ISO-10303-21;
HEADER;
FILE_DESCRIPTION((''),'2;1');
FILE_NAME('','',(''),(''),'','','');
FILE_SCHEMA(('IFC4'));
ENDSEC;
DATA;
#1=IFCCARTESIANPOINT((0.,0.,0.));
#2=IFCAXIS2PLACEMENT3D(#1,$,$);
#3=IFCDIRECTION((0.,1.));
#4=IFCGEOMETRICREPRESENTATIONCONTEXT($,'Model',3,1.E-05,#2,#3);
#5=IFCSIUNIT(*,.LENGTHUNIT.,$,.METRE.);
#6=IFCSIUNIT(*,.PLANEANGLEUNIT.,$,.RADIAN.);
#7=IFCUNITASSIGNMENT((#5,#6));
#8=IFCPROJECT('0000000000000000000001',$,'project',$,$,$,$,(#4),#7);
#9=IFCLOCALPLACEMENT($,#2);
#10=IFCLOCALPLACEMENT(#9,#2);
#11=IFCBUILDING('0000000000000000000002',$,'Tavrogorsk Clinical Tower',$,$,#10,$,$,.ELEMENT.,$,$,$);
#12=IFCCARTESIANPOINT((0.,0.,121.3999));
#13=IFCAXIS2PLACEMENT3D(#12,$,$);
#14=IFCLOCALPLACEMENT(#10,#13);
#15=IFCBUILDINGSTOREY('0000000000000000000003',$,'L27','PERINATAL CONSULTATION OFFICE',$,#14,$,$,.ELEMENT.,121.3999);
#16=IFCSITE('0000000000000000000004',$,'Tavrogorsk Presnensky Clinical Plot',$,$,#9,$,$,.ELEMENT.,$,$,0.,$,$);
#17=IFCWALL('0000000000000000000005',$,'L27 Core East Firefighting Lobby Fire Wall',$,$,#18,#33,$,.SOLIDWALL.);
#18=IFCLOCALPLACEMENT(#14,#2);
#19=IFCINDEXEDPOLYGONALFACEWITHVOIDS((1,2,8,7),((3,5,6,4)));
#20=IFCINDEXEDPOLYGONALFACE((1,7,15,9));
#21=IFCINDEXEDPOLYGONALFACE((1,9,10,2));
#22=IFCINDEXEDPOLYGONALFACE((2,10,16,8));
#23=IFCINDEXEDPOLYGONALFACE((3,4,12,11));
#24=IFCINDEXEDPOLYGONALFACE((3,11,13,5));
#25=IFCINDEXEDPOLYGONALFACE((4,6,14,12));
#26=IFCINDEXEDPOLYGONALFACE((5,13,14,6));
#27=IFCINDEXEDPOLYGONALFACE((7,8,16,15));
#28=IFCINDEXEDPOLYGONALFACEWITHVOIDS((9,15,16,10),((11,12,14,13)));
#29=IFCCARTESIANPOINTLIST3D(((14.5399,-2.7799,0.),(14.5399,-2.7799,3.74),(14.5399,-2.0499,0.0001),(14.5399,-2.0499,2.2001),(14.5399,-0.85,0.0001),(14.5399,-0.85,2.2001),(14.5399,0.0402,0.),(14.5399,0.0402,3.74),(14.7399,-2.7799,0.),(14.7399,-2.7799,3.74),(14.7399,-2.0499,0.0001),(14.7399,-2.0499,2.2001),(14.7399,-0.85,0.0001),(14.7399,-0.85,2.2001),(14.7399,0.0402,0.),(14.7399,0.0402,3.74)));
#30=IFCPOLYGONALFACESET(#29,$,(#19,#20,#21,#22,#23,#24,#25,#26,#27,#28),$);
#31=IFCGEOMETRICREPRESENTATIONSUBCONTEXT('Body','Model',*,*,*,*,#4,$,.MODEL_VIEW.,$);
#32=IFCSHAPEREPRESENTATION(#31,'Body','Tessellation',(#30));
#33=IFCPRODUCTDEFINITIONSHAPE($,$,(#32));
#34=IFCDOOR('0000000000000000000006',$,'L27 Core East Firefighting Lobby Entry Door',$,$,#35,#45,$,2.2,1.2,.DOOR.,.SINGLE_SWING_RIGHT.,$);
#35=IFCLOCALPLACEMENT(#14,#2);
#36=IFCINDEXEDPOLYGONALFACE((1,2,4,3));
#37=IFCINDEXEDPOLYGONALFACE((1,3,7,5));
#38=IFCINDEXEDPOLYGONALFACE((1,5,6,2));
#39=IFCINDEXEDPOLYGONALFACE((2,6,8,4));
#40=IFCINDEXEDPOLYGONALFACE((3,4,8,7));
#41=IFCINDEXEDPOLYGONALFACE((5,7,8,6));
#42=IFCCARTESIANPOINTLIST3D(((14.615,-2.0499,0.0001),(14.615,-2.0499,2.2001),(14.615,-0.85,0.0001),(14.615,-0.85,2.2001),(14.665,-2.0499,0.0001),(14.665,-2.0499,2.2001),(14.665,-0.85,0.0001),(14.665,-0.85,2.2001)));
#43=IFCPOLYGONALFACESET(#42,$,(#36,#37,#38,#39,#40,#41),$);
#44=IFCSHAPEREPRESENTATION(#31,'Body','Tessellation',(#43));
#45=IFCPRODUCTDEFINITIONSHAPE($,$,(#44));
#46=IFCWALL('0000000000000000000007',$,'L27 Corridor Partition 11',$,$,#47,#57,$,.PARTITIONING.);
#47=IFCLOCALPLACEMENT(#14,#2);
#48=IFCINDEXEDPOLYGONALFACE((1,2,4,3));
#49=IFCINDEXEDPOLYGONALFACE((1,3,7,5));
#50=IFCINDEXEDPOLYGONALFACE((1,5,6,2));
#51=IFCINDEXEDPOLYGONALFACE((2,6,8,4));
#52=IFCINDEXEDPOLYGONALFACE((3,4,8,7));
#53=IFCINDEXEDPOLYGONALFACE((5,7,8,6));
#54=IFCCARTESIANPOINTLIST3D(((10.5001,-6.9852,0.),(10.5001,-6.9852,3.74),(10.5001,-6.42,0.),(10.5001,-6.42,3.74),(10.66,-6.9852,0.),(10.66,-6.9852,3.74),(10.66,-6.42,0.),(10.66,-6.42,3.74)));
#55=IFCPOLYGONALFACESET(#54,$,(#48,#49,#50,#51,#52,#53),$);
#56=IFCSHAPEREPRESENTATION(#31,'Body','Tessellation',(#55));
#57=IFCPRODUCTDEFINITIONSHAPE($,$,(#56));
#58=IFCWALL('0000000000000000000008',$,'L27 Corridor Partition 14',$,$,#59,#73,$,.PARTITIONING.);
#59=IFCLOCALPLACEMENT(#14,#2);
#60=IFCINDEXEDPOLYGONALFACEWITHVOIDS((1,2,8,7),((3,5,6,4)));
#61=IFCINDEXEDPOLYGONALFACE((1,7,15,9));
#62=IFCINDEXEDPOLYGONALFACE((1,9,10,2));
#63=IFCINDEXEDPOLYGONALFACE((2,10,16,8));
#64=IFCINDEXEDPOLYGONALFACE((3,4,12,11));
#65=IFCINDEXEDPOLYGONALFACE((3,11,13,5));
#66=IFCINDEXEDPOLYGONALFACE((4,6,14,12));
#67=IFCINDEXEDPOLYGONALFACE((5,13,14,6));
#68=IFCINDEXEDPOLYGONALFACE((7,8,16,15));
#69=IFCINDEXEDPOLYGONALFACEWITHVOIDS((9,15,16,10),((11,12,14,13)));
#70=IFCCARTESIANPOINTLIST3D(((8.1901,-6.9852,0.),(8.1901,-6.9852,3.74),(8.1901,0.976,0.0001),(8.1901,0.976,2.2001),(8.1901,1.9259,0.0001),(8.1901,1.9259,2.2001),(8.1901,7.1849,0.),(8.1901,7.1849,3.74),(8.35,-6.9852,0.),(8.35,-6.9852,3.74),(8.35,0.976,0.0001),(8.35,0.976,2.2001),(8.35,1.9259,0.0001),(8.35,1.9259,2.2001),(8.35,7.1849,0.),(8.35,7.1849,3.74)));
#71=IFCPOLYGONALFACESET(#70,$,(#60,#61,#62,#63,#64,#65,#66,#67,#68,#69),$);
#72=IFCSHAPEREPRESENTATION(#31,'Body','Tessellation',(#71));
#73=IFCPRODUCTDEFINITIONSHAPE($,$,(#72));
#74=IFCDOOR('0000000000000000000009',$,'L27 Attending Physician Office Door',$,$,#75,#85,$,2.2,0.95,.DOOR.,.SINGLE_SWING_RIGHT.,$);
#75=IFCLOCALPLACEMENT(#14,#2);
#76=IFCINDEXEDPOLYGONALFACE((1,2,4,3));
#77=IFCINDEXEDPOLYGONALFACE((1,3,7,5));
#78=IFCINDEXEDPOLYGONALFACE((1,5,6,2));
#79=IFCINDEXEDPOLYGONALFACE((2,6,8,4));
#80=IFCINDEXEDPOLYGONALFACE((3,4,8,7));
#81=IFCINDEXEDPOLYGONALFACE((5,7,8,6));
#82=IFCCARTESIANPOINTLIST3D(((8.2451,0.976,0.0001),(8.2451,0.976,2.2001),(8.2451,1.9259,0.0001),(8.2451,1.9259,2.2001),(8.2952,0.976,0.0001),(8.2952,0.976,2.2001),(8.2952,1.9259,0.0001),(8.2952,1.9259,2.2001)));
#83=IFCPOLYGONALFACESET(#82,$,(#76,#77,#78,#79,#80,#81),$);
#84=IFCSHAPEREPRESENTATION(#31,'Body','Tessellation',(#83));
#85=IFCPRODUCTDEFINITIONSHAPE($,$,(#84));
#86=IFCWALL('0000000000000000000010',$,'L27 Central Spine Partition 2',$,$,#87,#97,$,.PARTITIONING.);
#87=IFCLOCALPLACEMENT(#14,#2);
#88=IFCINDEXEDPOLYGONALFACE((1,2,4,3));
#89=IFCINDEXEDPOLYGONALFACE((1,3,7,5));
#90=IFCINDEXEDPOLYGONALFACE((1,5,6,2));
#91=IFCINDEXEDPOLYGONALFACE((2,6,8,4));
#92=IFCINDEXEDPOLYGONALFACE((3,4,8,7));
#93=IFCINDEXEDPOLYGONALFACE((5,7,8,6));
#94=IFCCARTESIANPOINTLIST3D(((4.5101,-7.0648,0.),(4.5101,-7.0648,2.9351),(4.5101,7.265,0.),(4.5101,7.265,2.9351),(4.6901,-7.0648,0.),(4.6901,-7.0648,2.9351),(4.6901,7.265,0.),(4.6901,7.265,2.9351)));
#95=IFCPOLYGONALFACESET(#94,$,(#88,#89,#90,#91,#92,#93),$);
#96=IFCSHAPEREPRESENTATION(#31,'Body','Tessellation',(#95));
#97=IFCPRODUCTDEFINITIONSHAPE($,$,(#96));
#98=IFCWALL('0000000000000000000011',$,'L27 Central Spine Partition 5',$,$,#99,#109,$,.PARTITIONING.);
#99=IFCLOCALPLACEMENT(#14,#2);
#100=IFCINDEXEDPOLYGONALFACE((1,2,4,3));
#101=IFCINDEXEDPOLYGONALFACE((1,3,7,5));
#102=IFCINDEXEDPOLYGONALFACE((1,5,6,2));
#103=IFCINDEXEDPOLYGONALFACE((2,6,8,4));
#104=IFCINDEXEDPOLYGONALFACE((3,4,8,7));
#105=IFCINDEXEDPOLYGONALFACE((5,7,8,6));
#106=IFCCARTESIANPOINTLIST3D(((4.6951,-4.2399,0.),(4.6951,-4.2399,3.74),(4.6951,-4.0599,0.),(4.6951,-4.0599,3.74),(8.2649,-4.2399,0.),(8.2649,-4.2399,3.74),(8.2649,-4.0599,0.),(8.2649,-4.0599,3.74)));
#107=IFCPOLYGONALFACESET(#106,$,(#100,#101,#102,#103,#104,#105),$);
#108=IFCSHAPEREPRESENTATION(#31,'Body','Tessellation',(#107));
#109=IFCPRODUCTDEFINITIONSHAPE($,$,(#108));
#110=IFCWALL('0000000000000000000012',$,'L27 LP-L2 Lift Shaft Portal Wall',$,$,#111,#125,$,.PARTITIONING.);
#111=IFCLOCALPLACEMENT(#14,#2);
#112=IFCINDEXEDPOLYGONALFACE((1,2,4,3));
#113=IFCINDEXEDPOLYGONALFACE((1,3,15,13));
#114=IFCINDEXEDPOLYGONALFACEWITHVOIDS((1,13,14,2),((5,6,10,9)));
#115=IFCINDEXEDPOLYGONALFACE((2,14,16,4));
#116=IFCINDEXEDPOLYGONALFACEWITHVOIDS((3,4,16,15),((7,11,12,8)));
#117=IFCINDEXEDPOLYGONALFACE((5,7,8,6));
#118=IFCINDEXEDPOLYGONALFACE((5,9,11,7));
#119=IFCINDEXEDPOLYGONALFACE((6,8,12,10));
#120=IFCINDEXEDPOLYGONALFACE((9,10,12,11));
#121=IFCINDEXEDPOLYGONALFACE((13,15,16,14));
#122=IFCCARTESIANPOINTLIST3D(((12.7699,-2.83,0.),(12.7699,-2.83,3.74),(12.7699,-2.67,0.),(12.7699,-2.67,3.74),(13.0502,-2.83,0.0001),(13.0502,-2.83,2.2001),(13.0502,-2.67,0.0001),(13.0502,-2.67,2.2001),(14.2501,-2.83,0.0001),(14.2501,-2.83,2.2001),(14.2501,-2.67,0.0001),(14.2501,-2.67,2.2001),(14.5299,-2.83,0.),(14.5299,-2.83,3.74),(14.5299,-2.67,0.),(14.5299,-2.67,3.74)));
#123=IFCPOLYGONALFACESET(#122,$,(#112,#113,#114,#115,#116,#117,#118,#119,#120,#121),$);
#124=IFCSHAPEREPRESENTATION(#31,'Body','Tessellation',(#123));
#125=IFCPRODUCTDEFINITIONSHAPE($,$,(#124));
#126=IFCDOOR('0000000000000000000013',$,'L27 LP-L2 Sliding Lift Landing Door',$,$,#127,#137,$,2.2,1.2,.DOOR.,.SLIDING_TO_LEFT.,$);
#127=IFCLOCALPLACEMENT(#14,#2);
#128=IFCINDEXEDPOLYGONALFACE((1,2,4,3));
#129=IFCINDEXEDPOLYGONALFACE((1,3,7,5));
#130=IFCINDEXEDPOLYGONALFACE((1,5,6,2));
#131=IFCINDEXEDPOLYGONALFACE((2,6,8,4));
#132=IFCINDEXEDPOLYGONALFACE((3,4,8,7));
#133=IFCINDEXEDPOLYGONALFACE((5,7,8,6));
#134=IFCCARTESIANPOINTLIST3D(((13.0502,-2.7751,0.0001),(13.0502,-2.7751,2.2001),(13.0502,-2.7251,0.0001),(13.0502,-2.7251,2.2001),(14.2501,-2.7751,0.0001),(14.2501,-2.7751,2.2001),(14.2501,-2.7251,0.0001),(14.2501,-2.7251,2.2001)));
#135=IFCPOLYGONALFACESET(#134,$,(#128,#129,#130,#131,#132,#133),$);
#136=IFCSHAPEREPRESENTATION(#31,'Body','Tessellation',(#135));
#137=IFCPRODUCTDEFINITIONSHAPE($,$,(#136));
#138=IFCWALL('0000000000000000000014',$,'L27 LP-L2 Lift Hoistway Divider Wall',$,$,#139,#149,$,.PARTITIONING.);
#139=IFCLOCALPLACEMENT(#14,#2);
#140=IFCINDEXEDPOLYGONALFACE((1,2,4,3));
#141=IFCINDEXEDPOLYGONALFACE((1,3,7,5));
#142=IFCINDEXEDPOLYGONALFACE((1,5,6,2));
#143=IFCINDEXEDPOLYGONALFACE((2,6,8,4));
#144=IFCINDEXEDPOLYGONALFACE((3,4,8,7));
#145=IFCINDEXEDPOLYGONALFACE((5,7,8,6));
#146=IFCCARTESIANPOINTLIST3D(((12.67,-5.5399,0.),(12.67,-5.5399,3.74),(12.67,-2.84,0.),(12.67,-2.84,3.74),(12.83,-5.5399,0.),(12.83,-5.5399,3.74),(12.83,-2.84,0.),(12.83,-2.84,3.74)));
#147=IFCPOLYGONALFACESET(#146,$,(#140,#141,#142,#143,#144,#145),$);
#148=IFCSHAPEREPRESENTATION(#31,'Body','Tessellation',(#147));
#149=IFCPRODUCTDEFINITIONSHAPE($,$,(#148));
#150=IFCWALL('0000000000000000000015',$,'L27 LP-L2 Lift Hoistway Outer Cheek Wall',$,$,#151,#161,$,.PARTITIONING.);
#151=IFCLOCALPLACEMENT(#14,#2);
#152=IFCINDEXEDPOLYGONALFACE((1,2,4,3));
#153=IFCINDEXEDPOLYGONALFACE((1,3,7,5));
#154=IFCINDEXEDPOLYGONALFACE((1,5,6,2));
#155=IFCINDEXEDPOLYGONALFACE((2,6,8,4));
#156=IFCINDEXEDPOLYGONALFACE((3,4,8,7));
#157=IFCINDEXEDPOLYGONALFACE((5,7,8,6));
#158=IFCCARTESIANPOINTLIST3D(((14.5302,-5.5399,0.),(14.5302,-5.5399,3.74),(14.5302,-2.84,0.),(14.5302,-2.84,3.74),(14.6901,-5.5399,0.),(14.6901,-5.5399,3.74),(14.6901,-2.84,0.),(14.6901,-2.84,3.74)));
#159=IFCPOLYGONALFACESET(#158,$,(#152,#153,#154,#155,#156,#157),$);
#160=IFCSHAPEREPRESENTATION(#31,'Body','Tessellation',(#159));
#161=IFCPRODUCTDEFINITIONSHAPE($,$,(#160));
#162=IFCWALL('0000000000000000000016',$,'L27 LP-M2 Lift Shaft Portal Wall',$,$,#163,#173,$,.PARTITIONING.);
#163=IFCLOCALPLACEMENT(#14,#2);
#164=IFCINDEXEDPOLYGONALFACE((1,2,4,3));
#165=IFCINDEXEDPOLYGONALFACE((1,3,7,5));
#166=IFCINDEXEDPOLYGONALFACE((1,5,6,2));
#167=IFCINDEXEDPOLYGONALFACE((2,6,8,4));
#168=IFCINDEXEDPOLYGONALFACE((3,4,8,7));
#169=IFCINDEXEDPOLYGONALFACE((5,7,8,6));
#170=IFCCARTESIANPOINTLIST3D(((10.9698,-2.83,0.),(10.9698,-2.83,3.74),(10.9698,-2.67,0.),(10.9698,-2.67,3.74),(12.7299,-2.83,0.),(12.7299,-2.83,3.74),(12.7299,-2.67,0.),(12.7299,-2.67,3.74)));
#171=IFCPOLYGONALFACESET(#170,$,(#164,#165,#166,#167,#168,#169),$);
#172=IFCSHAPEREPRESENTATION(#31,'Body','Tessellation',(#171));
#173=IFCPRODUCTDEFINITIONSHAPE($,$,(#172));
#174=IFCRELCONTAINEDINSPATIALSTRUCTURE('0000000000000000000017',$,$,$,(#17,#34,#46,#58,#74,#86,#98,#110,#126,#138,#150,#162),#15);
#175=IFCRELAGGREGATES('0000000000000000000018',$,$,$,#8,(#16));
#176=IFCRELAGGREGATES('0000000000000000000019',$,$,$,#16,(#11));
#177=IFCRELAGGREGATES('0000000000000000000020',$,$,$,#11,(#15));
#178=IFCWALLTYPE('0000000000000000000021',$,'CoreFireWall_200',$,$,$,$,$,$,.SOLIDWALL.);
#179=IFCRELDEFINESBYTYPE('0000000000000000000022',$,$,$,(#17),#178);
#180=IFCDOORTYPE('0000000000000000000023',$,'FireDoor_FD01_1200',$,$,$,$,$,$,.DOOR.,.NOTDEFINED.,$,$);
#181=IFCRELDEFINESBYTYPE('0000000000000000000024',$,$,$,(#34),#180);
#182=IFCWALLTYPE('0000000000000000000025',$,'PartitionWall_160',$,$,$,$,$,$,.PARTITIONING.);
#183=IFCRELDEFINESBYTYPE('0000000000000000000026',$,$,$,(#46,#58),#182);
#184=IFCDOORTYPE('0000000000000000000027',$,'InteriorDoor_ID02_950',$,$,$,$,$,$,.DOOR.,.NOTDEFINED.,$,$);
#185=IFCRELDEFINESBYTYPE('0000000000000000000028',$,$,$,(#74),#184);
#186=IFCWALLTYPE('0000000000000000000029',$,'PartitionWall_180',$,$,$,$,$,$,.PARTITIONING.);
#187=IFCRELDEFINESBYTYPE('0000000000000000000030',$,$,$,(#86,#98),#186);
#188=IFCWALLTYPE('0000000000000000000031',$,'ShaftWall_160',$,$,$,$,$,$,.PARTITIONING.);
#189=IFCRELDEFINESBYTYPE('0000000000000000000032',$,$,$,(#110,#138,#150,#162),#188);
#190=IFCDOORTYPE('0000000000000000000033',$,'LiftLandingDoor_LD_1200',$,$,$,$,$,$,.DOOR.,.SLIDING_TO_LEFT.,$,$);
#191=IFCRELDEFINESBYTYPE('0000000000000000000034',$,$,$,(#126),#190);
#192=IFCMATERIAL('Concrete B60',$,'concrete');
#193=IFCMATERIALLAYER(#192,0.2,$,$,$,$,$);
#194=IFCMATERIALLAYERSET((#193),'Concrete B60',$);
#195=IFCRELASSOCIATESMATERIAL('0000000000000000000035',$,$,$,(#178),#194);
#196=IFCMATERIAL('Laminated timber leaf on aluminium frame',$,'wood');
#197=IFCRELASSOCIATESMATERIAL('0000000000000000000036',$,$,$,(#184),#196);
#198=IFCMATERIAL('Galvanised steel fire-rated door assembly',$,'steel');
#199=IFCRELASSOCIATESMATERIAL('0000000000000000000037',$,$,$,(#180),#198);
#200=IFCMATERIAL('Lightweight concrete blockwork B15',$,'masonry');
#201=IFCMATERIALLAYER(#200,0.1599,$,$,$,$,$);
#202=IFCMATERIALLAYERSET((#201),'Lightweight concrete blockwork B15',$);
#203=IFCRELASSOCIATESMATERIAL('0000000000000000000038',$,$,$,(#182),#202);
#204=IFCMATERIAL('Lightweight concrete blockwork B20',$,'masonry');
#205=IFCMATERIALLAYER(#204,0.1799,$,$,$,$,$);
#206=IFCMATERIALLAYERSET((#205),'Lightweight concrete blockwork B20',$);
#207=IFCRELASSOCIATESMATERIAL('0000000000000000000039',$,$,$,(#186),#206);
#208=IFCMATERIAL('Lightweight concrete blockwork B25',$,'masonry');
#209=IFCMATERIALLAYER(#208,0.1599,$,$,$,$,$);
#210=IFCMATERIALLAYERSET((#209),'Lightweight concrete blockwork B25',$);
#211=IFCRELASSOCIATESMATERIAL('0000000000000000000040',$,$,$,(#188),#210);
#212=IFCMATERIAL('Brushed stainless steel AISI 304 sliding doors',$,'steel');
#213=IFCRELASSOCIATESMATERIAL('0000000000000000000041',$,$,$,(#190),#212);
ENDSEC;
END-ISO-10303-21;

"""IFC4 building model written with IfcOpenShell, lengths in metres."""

from ifc_helpers import new_model, si_unit, direction, frame, frame_2d, origin, place, context, subcontext, project, spatial, rectangle, extrude, material, layer, layer_set, type_object, element, fill, save


model = new_model("IFC4")

# Units and contexts
model_context = context("Model", 3, precision=1e-05, world=origin(), true_north=direction((0.0, 1.0)))
body_context = subcontext(model_context, "Body", "Model", "MODEL_VIEW")
ifc_project = project(units=[si_unit("LENGTHUNIT", "METRE"), si_unit("PLANEANGLEUNIT", "RADIAN")], contexts=[model_context])

# Site, building, storey
site_placement = place(None, origin())
site = spatial("IfcSite", under=ifc_project, at=site_placement, Name="Tavrogorsk Presnensky Clinical Plot", CompositionType="ELEMENT", RefElevation=0.0)
building_placement = place(site_placement, origin())
building = spatial("IfcBuilding", under=site, at=building_placement, Name="Tavrogorsk Clinical Tower", CompositionType="ELEMENT")
storey_placement = place(building_placement, frame((0.0, 0.0, 121.3999)))
storey = spatial("IfcBuildingStorey", under=building, at=storey_placement, Name="L27", Description="PERINATAL CONSULTATION OFFICE", CompositionType="ELEMENT", Elevation=121.3999)

# Wall, opening, door
ifc_material_1 = material(Name="Concrete B60", Category="concrete")
ifc_layer_1 = layer(ifc_material_1, 0.2)
ifc_layer_set_1 = layer_set([ifc_layer_1], Name="Concrete B60")
wall_type_1 = type_object("IfcWallType", Name="CoreFireWall_200", PredefinedType="SOLIDWALL", material=ifc_layer_set_1)
ifc_material_2 = material(Name="Laminated timber leaf on aluminium frame", Category="wood")
door_type_1 = type_object("IfcDoorType", Name="InteriorDoor_ID02_950", OperationType="NOTDEFINED", PredefinedType="DOOR", material=ifc_material_2)
wall_1_placement = place(storey_placement, frame((14.6399, -2.78, 0.0), z_axis=(0.0, 0.0, 1.0), x_axis=(0.0, 1.0, 0.0)))
wall_1 = element("IfcWall", 1, at=wall_1_placement, inside=storey, type_object=wall_type_1, Name="L27 Core East Firefighting Lobby Fire Wall", PredefinedType="SOLIDWALL", context=body_context, shape_type="SweptSolid", body=[
    extrude(rectangle(XDim=2.8201, YDim=0.2, at=frame_2d((1.4102, 0.0))), origin(), (0.0, 0.0, 1.0), 3.74),
])
opening_1_placement = place(wall_1_placement, frame((0.73, 0.0, 0.0)))
opening_1 = element("IfcOpeningElement", 2, at=opening_1_placement, cuts=wall_1, PredefinedType="OPENING", context=body_context, shape_type="SweptSolid", body=[
    extrude(rectangle(XDim=1.2, YDim=2.2, at=frame_2d((0.6001, 1.1001))), frame((0.0, 0.1099, 0.0), z_axis=(0.0, -1.0, 0.0), x_axis=(1.0, 0.0, 0.0)), (0.0, 0.0, 1.0), 0.22),
])
ifc_material_3 = material(Name="Galvanised steel fire-rated door assembly", Category="steel")
door_type_2 = type_object("IfcDoorType", Name="FireDoor_FD01_1200", OperationType="NOTDEFINED", PredefinedType="DOOR", material=ifc_material_3)
door_1_placement = place(opening_1_placement, origin())
door_1 = element("IfcDoor", 3, at=door_1_placement, inside=storey, type_object=door_type_2, Name="L27 Core East Firefighting Lobby Entry Door", OperationType="SINGLE_SWING_RIGHT", OverallHeight=2.2, OverallWidth=1.2, PredefinedType="DOOR", context=body_context, shape_type="SweptSolid", body=[
    extrude(rectangle(XDim=1.2, YDim=2.2, at=frame_2d((0.6001, 1.1001))), frame((0.0, 0.0249, 0.0), z_axis=(0.0, -1.0, 0.0), x_axis=(1.0, 0.0, 0.0)), (0.0, 0.0, 1.0), 0.05),
])
fill(opening_1, door_1)

# Wall
ifc_material_4 = material(Name="Lightweight concrete blockwork B15", Category="masonry")
ifc_layer_2 = layer(ifc_material_4, 0.1599)
ifc_layer_set_2 = layer_set([ifc_layer_2], Name="Lightweight concrete blockwork B15")
wall_type_2 = type_object("IfcWallType", Name="PartitionWall_160", PredefinedType="PARTITIONING", material=ifc_layer_set_2)
wall_2_placement = place(storey_placement, frame((10.5801, -6.4199, 0.0), z_axis=(0.0, 0.0, 1.0), x_axis=(0.0, -1.0, 0.0)))
element("IfcWall", 4, at=wall_2_placement, inside=storey, type_object=wall_type_2, Name="L27 Corridor Partition 11", PredefinedType="PARTITIONING", context=body_context, shape_type="SweptSolid", body=[
    extrude(rectangle(XDim=0.5652, YDim=0.1599, at=frame_2d((0.2827, 0.0))), origin(), (0.0, 0.0, 1.0), 3.74),
])

# Wall, opening, door
wall_3_placement = place(storey_placement, frame((8.27, -6.9851, 0.0), z_axis=(0.0, 0.0, 1.0), x_axis=(0.0, 1.0, 0.0)))
wall_3 = element("IfcWall", 5, at=wall_3_placement, inside=storey, type_object=wall_type_2, Name="L27 Corridor Partition 14", PredefinedType="PARTITIONING", context=body_context, shape_type="SweptSolid", body=[
    extrude(rectangle(XDim=14.1702, YDim=0.1599, at=frame_2d((7.085, 0.0))), origin(), (0.0, 0.0, 1.0), 3.74),
])
opening_2_placement = place(wall_3_placement, frame((7.9609, 0.0, 0.0)))
opening_2 = element("IfcOpeningElement", 6, at=opening_2_placement, cuts=wall_3, PredefinedType="OPENING", context=body_context, shape_type="SweptSolid", body=[
    extrude(rectangle(XDim=0.95, YDim=2.2, at=frame_2d((0.4751, 1.1001))), frame((0.0, 0.0898, 0.0), z_axis=(0.0, -1.0, 0.0), x_axis=(1.0, 0.0, 0.0)), (0.0, 0.0, 1.0), 0.1799),
])
door_2_placement = place(opening_2_placement, origin())
door_2 = element("IfcDoor", 7, at=door_2_placement, inside=storey, type_object=door_type_1, Name="L27 Attending Physician Office Door", OperationType="SINGLE_SWING_RIGHT", OverallHeight=2.2, OverallWidth=0.95, PredefinedType="DOOR", context=body_context, shape_type="SweptSolid", body=[
    extrude(rectangle(XDim=0.95, YDim=2.2, at=frame_2d((0.4751, 1.1001))), frame((0.0, 0.0249, 0.0), z_axis=(0.0, -1.0, 0.0), x_axis=(1.0, 0.0, 0.0)), (0.0, 0.0, 1.0), 0.05),
])
fill(opening_2, door_2)

# Walls
ifc_material_5 = material(Name="Lightweight concrete blockwork B20", Category="masonry")
ifc_layer_3 = layer(ifc_material_5, 0.1799)
ifc_layer_set_3 = layer_set([ifc_layer_3], Name="Lightweight concrete blockwork B20")
wall_type_3 = type_object("IfcWallType", Name="PartitionWall_180", PredefinedType="PARTITIONING", material=ifc_layer_set_3)
wall_4_placement = place(storey_placement, frame((4.6001, -7.0649, 0.0), z_axis=(0.0, 0.0, 1.0), x_axis=(0.0, 1.0, 0.0)))
element("IfcWall", 8, at=wall_4_placement, inside=storey, type_object=wall_type_3, Name="L27 Central Spine Partition 2", PredefinedType="PARTITIONING", context=body_context, shape_type="SweptSolid", body=[
    extrude(rectangle(XDim=14.3298, YDim=0.1799, at=frame_2d((7.165, 0.0))), origin(), (0.0, 0.0, 1.0), 2.9351),
])
wall_5_placement = place(storey_placement, frame((4.6951, -4.1499, 0.0), z_axis=(0.0, 0.0, 1.0), x_axis=(1.0, 0.0, 0.0)))
element("IfcWall", 9, at=wall_5_placement, inside=storey, type_object=wall_type_3, Name="L27 Central Spine Partition 5", PredefinedType="PARTITIONING", context=body_context, shape_type="SweptSolid", body=[
    extrude(rectangle(XDim=3.5698, YDim=0.1799, at=frame_2d((1.7849, 0.0))), origin(), (0.0, 0.0, 1.0), 3.74),
])

# Wall, opening, door
ifc_material_6 = material(Name="Lightweight concrete blockwork B25", Category="masonry")
ifc_layer_4 = layer(ifc_material_6, 0.1599)
ifc_layer_set_4 = layer_set([ifc_layer_4], Name="Lightweight concrete blockwork B25")
wall_type_4 = type_object("IfcWallType", Name="ShaftWall_160", PredefinedType="PARTITIONING", material=ifc_layer_set_4)
wall_6_placement = place(storey_placement, frame((12.77, -2.75, 0.0), z_axis=(0.0, 0.0, 1.0), x_axis=(1.0, 0.0, 0.0)))
wall_6 = element("IfcWall", 10, at=wall_6_placement, inside=storey, type_object=wall_type_4, Name="L27 LP-L2 Lift Shaft Portal Wall", PredefinedType="PARTITIONING", context=body_context, shape_type="SweptSolid", body=[
    extrude(rectangle(XDim=1.76, YDim=0.1599, at=frame_2d((0.8799, 0.0))), origin(), (0.0, 0.0, 1.0), 3.74),
])
opening_3_placement = place(wall_6_placement, frame((0.28, 0.0, 0.0)))
opening_3 = element("IfcOpeningElement", 11, at=opening_3_placement, cuts=wall_6, PredefinedType="OPENING", context=body_context, shape_type="SweptSolid", body=[
    extrude(rectangle(XDim=1.2, YDim=2.2, at=frame_2d((0.6001, 1.1001))), frame((0.0, 0.0898, 0.0), z_axis=(0.0, -1.0, 0.0), x_axis=(1.0, 0.0, 0.0)), (0.0, 0.0, 1.0), 0.1799),
])
ifc_material_7 = material(Name="Brushed stainless steel AISI 304 sliding doors", Category="steel")
door_type_3 = type_object("IfcDoorType", Name="LiftLandingDoor_LD_1200", OperationType="SLIDING_TO_LEFT", PredefinedType="DOOR", material=ifc_material_7)
door_3_placement = place(opening_3_placement, origin())
door_3 = element("IfcDoor", 12, at=door_3_placement, inside=storey, type_object=door_type_3, Name="L27 LP-L2 Sliding Lift Landing Door", OperationType="SLIDING_TO_LEFT", OverallHeight=2.2, OverallWidth=1.2, PredefinedType="DOOR", context=body_context, shape_type="SweptSolid", body=[
    extrude(rectangle(XDim=1.2, YDim=2.2, at=frame_2d((0.6001, 1.1001))), frame((0.0, 0.0249, 0.0), z_axis=(0.0, -1.0, 0.0), x_axis=(1.0, 0.0, 0.0)), (0.0, 0.0, 1.0), 0.05),
])
fill(opening_3, door_3)

# Walls
for number, where, z_axis, x_axis, name in (
    (13, (12.75, -5.54, 0.0), (0.0, 0.0, 1.0), (0.0, 1.0, 0.0), "L27 LP-L2 Lift Hoistway Divider Wall"),
    (14, (14.6101, -5.54, 0.0), (0.0, 0.0, 1.0), (0.0, 1.0, 0.0), "L27 LP-L2 Lift Hoistway Outer Cheek Wall"),
):
    element("IfcWall", number, at=place(storey_placement, frame(where, z_axis=z_axis, x_axis=x_axis)), inside=storey, type_object=wall_type_4, Name=name, PredefinedType="PARTITIONING", context=body_context, shape_type="SweptSolid", body=[
        extrude(rectangle(XDim=2.7, YDim=0.1599, at=frame_2d((1.3501, 0.0))), origin(), (0.0, 0.0, 1.0), 3.74),
    ])
wall_7_placement = place(storey_placement, frame((10.97, -2.75, 0.0), z_axis=(0.0, 0.0, 1.0), x_axis=(1.0, 0.0, 0.0)))
element("IfcWall", 15, at=wall_7_placement, inside=storey, type_object=wall_type_4, Name="L27 LP-M2 Lift Shaft Portal Wall", PredefinedType="PARTITIONING", context=body_context, shape_type="SweptSolid", body=[
    extrude(rectangle(XDim=1.76, YDim=0.1599, at=frame_2d((0.8799, 0.0))), origin(), (0.0, 0.0, 1.0), 3.74),
])

save(model, "model.ifc")
